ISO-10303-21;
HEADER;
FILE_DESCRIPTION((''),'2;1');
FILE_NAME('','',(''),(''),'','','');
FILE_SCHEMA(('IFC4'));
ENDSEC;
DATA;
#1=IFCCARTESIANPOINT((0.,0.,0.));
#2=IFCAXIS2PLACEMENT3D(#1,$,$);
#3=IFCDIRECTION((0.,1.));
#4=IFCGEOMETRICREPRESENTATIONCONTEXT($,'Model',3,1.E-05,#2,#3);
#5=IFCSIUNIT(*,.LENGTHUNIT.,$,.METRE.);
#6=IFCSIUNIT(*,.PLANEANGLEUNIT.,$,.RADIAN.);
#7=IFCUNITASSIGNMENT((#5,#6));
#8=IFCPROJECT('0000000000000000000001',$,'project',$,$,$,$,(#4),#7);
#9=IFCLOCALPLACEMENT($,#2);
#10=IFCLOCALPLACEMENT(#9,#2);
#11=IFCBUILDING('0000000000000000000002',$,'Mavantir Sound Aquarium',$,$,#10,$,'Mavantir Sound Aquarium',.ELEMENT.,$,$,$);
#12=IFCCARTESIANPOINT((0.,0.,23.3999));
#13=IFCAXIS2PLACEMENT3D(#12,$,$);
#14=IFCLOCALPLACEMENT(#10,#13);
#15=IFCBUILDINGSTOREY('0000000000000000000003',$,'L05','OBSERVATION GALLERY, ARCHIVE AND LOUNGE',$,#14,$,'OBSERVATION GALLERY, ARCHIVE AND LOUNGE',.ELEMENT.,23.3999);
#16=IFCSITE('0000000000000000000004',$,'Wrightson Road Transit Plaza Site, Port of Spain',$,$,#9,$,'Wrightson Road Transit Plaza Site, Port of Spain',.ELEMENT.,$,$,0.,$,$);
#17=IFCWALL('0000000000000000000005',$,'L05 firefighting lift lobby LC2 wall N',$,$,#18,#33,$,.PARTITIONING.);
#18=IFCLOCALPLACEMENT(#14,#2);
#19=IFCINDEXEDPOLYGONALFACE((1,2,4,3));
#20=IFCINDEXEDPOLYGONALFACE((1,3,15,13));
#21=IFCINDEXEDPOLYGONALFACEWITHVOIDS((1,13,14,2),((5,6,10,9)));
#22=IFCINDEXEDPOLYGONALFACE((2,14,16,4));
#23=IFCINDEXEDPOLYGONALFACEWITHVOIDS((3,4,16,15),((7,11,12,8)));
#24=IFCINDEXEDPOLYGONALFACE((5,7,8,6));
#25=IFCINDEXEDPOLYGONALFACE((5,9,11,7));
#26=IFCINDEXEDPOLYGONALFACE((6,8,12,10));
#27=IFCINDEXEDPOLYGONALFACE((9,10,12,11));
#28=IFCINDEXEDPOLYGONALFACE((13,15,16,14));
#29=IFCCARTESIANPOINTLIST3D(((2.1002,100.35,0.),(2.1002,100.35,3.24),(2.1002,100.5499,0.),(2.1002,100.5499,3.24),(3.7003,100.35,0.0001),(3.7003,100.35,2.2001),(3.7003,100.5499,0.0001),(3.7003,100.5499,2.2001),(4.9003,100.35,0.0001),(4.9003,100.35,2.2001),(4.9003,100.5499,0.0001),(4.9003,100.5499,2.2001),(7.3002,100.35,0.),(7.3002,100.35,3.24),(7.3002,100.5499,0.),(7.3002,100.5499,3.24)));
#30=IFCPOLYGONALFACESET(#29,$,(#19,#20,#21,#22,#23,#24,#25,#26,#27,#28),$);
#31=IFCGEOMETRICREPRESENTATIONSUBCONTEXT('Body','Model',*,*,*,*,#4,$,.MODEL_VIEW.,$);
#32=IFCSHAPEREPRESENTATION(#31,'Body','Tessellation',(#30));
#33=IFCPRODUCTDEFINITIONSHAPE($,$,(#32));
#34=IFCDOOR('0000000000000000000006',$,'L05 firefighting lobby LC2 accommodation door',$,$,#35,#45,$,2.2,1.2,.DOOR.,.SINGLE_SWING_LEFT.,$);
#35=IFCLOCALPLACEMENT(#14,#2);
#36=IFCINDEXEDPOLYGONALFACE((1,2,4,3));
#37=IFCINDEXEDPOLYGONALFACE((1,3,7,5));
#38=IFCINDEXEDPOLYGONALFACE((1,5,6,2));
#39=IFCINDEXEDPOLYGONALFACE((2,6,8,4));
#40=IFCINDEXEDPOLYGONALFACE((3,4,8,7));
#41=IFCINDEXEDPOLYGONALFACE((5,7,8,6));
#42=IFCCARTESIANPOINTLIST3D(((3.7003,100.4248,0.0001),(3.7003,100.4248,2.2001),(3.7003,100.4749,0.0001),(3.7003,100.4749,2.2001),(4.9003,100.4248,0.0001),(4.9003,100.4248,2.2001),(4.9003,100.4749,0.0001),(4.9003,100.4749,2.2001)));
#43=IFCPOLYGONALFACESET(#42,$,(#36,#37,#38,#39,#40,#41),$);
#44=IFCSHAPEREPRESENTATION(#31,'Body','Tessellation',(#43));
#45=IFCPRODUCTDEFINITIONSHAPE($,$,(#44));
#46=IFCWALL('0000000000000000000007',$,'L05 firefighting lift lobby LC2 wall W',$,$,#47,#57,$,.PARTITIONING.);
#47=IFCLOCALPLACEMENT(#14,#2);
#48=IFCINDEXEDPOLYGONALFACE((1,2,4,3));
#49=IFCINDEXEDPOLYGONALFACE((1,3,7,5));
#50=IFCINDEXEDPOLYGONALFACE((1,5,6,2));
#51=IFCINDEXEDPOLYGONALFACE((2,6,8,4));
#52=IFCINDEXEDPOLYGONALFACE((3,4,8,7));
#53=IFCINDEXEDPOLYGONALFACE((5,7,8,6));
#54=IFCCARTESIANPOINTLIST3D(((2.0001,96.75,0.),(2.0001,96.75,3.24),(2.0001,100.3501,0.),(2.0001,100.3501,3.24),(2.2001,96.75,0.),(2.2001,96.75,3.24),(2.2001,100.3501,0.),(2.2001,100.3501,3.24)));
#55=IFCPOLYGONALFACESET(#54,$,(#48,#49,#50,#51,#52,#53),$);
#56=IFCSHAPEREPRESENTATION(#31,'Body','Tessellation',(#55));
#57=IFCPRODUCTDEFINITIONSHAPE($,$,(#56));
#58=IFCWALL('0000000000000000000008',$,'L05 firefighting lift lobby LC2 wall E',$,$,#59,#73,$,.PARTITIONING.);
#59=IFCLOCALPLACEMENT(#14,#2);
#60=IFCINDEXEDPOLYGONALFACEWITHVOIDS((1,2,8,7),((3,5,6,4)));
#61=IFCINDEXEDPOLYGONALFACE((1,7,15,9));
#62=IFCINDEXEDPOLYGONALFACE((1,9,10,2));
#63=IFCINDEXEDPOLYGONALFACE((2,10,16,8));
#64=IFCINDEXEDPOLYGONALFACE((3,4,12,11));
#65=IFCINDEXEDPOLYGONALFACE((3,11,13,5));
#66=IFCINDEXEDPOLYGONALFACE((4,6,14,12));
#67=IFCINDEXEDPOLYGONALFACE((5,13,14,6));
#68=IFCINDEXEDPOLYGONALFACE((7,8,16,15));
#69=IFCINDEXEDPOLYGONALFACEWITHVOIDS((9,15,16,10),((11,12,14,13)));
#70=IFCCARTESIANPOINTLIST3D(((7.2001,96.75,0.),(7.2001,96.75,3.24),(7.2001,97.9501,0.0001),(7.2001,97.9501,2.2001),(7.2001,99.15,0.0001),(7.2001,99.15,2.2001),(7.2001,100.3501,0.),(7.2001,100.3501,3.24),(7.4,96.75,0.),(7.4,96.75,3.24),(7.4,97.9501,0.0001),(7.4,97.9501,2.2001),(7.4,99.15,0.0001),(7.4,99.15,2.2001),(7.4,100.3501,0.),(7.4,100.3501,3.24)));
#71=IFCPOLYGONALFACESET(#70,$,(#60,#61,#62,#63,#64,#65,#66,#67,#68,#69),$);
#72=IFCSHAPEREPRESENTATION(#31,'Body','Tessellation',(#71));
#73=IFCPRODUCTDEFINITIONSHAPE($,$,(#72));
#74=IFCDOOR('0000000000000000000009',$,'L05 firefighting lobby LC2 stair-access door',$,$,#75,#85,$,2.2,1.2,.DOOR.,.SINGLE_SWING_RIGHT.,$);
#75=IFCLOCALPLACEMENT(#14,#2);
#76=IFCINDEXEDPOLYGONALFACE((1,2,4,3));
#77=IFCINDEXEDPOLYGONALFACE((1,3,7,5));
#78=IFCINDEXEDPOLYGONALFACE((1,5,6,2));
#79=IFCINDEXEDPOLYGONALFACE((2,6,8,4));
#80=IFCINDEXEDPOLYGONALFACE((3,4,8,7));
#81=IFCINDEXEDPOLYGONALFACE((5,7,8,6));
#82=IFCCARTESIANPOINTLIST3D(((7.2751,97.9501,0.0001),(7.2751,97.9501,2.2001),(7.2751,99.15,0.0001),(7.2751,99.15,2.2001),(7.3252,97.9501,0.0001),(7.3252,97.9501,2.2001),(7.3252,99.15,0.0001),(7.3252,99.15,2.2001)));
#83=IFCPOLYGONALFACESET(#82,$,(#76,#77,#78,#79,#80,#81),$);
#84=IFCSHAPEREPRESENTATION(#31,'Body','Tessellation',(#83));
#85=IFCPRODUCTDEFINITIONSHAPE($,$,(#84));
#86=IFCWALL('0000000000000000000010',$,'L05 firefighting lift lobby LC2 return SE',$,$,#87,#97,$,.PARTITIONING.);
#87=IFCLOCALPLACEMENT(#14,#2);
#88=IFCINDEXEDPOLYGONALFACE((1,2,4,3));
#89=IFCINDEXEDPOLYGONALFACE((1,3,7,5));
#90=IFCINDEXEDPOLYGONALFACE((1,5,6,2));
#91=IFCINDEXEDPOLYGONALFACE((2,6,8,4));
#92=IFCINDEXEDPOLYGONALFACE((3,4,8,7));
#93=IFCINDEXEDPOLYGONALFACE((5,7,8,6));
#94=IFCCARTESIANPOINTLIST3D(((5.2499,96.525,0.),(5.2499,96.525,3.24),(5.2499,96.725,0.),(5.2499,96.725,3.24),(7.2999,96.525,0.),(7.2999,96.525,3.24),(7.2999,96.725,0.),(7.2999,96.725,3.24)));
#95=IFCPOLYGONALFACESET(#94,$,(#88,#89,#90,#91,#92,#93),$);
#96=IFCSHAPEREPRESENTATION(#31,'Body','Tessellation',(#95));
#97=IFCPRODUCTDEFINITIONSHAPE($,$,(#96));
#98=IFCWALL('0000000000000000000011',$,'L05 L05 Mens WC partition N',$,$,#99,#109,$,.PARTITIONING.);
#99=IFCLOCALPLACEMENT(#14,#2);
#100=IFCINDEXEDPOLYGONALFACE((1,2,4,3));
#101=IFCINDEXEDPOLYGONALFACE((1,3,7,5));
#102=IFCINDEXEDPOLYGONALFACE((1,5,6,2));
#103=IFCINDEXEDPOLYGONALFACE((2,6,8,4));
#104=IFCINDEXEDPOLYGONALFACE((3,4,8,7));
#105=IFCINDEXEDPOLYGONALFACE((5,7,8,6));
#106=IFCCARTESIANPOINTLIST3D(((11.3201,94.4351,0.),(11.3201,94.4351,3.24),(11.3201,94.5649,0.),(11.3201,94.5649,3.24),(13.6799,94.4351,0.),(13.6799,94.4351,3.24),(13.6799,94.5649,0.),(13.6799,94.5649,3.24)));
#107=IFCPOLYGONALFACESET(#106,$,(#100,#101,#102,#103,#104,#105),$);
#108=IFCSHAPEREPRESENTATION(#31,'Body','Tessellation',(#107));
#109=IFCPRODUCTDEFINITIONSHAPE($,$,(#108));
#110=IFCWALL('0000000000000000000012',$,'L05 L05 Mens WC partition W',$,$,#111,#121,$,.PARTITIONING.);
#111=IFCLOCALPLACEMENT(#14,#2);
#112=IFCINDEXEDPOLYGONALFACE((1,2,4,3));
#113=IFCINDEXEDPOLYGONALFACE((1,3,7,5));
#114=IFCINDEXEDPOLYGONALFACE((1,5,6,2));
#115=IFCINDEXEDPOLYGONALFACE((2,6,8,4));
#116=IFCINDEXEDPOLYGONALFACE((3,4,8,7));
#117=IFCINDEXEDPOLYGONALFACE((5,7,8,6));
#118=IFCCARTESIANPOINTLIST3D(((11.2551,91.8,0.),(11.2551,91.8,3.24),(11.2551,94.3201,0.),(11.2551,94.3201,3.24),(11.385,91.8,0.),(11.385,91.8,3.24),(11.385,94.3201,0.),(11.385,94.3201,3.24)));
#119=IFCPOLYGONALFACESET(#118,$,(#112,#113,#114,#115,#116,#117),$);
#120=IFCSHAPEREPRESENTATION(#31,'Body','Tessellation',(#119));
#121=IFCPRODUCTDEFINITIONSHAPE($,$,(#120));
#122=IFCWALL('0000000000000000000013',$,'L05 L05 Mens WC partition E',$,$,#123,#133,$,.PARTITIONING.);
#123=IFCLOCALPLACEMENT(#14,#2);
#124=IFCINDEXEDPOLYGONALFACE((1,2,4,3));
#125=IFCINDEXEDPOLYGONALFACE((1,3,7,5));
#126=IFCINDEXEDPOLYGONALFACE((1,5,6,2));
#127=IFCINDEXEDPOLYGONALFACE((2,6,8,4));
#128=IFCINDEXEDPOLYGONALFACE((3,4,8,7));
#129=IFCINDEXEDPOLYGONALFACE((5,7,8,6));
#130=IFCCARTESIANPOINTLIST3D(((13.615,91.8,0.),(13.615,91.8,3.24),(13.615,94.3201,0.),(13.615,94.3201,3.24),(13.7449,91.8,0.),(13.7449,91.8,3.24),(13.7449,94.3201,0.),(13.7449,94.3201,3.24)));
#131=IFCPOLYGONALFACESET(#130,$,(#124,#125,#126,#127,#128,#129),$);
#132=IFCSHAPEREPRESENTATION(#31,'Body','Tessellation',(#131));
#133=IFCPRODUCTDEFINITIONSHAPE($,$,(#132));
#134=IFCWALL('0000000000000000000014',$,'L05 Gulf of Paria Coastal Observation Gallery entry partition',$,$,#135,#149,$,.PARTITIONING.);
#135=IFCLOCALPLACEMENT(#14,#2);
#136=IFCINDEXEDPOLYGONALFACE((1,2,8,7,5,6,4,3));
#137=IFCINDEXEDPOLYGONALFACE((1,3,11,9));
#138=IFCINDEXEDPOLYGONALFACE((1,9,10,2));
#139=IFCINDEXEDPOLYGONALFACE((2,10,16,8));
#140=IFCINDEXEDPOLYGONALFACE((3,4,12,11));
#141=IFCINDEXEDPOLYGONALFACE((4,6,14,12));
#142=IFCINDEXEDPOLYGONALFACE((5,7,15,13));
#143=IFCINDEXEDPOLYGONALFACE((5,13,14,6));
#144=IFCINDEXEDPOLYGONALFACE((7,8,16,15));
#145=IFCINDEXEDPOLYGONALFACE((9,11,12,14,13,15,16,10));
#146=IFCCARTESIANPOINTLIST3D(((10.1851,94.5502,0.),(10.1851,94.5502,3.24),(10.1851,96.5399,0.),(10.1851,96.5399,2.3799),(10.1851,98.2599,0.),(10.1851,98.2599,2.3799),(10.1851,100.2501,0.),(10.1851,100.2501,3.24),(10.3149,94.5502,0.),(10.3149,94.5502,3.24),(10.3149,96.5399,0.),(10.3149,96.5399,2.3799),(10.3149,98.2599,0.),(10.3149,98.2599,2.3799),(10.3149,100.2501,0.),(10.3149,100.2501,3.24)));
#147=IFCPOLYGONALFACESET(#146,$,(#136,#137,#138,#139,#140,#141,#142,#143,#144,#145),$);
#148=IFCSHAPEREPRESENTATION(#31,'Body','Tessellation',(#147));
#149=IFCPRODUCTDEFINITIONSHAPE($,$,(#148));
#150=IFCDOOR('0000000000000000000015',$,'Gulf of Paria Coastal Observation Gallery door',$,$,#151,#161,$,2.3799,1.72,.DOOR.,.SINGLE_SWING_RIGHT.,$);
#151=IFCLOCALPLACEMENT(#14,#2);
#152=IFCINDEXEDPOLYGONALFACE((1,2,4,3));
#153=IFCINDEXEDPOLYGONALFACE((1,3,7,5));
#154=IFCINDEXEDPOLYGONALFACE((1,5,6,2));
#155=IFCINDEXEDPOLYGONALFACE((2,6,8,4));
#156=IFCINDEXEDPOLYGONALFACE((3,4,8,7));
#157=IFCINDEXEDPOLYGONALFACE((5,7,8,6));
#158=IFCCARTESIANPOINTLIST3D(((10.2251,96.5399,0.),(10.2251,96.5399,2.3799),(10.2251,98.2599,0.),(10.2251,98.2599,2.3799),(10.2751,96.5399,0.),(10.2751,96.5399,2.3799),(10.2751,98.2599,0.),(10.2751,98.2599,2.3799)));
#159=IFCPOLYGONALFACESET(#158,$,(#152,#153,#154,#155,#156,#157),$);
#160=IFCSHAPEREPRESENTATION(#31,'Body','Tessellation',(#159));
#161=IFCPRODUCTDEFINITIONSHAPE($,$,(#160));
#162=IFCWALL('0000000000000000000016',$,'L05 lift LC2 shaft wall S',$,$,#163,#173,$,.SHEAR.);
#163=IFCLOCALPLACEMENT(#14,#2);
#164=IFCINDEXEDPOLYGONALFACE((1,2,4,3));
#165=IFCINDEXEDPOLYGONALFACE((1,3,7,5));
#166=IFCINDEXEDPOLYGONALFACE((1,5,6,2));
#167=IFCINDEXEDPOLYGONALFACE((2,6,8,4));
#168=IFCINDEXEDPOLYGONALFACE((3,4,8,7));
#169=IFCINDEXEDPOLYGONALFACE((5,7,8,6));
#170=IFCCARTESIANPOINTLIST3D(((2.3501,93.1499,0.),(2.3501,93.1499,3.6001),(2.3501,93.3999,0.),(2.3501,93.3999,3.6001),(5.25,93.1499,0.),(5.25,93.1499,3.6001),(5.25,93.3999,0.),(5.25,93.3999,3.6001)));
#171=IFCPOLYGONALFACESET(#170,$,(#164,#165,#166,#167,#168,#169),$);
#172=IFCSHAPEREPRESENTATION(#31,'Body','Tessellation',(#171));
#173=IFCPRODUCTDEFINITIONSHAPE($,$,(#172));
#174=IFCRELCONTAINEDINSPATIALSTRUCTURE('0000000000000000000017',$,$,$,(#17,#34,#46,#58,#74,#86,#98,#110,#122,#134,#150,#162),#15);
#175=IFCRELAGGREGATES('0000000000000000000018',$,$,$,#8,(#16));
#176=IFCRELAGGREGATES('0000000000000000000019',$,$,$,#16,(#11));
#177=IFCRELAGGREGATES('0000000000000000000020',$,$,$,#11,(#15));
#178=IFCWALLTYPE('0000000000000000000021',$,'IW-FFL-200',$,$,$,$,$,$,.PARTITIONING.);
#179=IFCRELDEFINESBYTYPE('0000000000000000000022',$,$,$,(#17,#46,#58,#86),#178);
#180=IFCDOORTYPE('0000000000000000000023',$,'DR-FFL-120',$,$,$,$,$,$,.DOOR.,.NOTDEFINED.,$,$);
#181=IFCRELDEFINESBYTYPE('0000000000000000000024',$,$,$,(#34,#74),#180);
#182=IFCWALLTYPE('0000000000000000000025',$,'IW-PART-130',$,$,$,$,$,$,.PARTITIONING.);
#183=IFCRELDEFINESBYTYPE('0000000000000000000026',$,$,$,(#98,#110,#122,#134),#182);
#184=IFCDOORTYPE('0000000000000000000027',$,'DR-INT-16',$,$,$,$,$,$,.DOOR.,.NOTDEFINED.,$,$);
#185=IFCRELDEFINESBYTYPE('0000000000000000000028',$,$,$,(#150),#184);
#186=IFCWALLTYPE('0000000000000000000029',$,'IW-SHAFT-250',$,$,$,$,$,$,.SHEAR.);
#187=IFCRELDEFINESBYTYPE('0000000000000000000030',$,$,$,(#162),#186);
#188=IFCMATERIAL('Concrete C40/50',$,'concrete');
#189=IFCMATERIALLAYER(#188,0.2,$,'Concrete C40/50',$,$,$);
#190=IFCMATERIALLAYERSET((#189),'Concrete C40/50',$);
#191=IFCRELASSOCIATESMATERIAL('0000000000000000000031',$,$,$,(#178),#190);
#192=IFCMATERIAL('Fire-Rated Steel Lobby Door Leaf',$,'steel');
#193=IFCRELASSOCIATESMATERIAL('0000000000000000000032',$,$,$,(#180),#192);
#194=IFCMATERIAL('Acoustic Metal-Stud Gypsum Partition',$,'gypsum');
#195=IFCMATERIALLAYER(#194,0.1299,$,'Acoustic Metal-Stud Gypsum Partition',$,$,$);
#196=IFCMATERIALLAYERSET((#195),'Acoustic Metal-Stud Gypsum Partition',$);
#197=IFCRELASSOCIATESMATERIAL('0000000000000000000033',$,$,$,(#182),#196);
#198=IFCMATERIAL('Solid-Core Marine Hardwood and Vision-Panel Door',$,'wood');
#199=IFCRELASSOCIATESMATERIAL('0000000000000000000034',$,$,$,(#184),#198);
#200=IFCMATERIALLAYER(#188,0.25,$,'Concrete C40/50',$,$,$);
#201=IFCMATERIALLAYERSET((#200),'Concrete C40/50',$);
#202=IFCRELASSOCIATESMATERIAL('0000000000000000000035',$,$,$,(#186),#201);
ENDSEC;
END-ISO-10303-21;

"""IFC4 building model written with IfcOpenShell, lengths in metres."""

from ifc_helpers import new_model, si_unit, direction, frame, frame_2d, origin, place, context, subcontext, project, spatial, rectangle, extrude, material, layer, layer_set, type_object, element, fill, save


model = new_model("IFC4")

# Units and contexts
model_context = context("Model", 3, precision=1e-05, world=origin(), true_north=direction((0.0, 1.0)))
body_context = subcontext(model_context, "Body", "Model", "MODEL_VIEW")
ifc_project = project(units=[si_unit("LENGTHUNIT", "METRE"), si_unit("PLANEANGLEUNIT", "RADIAN")], contexts=[model_context])

# Site, building, storey
site_placement = place(None, origin())
site = spatial("IfcSite", under=ifc_project, at=site_placement, Name="Wrightson Road Transit Plaza Site, Port of Spain", LongName="Wrightson Road Transit Plaza Site, Port of Spain", CompositionType="ELEMENT", RefElevation=0.0)
building_placement = place(site_placement, origin())
building = spatial("IfcBuilding", under=site, at=building_placement, Name="Mavantir Sound Aquarium", LongName="Mavantir Sound Aquarium", CompositionType="ELEMENT")
storey_placement = place(building_placement, frame((0.0, 0.0, 23.3999)))
storey = spatial("IfcBuildingStorey", under=building, at=storey_placement, Name="L05", Description="OBSERVATION GALLERY, ARCHIVE AND LOUNGE", LongName="OBSERVATION GALLERY, ARCHIVE AND LOUNGE", CompositionType="ELEMENT", Elevation=23.3999)

# Shared definitions
ifc_material_1 = material(Name="Concrete C40/50", Category="concrete")

# Wall, opening, door
ifc_layer_1 = layer(ifc_material_1, 0.2, Name="Concrete C40/50")
ifc_layer_set_1 = layer_set([ifc_layer_1], Name="Concrete C40/50")
wall_type_1 = type_object("IfcWallType", Name="IW-FFL-200", PredefinedType="PARTITIONING", material=ifc_layer_set_1)
wall_1_placement = place(storey_placement, frame((2.1001, 100.45, 0.0), z_axis=(0.0, 0.0, 1.0), x_axis=(1.0, 0.0, 0.0)))
wall_1 = element("IfcWall", 1, at=wall_1_placement, inside=storey, type_object=wall_type_1, Name="L05 firefighting lift lobby LC2 wall N", PredefinedType="PARTITIONING", context=body_context, shape_type="SweptSolid", body=[
    extrude(rectangle(XDim=5.2, YDim=0.2, at=frame_2d((2.6001, 0.0))), origin(), (0.0, 0.0, 1.0), 3.24),
])
opening_1_placement = place(wall_1_placement, frame((1.6001, 0.0, 0.0)))
opening_1 = element("IfcOpeningElement", 2, at=opening_1_placement, cuts=wall_1, PredefinedType="OPENING", context=body_context, shape_type="SweptSolid", body=[
    extrude(rectangle(XDim=1.2, YDim=2.2, at=frame_2d((0.6001, 1.1001))), frame((0.0, 0.1099, 0.0), z_axis=(0.0, -1.0, 0.0), x_axis=(1.0, 0.0, 0.0)), (0.0, 0.0, 1.0), 0.22),
])
ifc_material_2 = material(Name="Fire-Rated Steel Lobby Door Leaf", Category="steel")
door_type_1 = type_object("IfcDoorType", Name="DR-FFL-120", OperationType="NOTDEFINED", PredefinedType="DOOR", material=ifc_material_2)
door_1_placement = place(opening_1_placement, origin())
door_1 = element("IfcDoor", 3, at=door_1_placement, inside=storey, type_object=door_type_1, Name="L05 firefighting lobby LC2 accommodation door", OperationType="SINGLE_SWING_LEFT", OverallHeight=2.2, OverallWidth=1.2, PredefinedType="DOOR", context=body_context, shape_type="SweptSolid", body=[
    extrude(rectangle(XDim=1.2, YDim=2.2, at=frame_2d((0.6001, 1.1001))), frame((0.0, 0.0249, 0.0), z_axis=(0.0, -1.0, 0.0), x_axis=(1.0, 0.0, 0.0)), (0.0, 0.0, 1.0), 0.05),
])
fill(opening_1, door_1)

# Wall
wall_2_placement = place(storey_placement, frame((2.1001, 96.75, 0.0), z_axis=(0.0, 0.0, 1.0), x_axis=(0.0, 1.0, 0.0)))
element("IfcWall", 4, at=wall_2_placement, inside=storey, type_object=wall_type_1, Name="L05 firefighting lift lobby LC2 wall W", PredefinedType="PARTITIONING", context=body_context, shape_type="SweptSolid", body=[
    extrude(rectangle(XDim=3.6001, YDim=0.2, at=frame_2d((1.8, 0.0))), origin(), (0.0, 0.0, 1.0), 3.24),
])

# Wall, opening, door
wall_3_placement = place(storey_placement, frame((7.3, 96.75, 0.0), z_axis=(0.0, 0.0, 1.0), x_axis=(0.0, 1.0, 0.0)))
wall_3 = element("IfcWall", 5, at=wall_3_placement, inside=storey, type_object=wall_type_1, Name="L05 firefighting lift lobby LC2 wall E", PredefinedType="PARTITIONING", context=body_context, shape_type="SweptSolid", body=[
    extrude(rectangle(XDim=3.6001, YDim=0.2, at=frame_2d((1.8, 0.0))), origin(), (0.0, 0.0, 1.0), 3.24),
])
opening_2_placement = place(wall_3_placement, frame((1.2, 0.0, 0.0)))
opening_2 = element("IfcOpeningElement", 6, at=opening_2_placement, cuts=wall_3, PredefinedType="OPENING", context=body_context, shape_type="SweptSolid", body=[
    extrude(rectangle(XDim=1.2, YDim=2.2, at=frame_2d((0.6001, 1.1001))), frame((0.0, 0.1099, 0.0), z_axis=(0.0, -1.0, 0.0), x_axis=(1.0, 0.0, 0.0)), (0.0, 0.0, 1.0), 0.22),
])
door_2_placement = place(opening_2_placement, origin())
door_2 = element("IfcDoor", 7, at=door_2_placement, inside=storey, type_object=door_type_1, Name="L05 firefighting lobby LC2 stair-access door", OperationType="SINGLE_SWING_RIGHT", OverallHeight=2.2, OverallWidth=1.2, PredefinedType="DOOR", context=body_context, shape_type="SweptSolid", body=[
    extrude(rectangle(XDim=1.2, YDim=2.2, at=frame_2d((0.6001, 1.1001))), frame((0.0, 0.0249, 0.0), z_axis=(0.0, -1.0, 0.0), x_axis=(1.0, 0.0, 0.0)), (0.0, 0.0, 1.0), 0.05),
])
fill(opening_2, door_2)

# Walls
wall_4_placement = place(storey_placement, frame((5.25, 96.625, 0.0), z_axis=(0.0, 0.0, 1.0), x_axis=(1.0, 0.0, 0.0)))
element("IfcWall", 8, at=wall_4_placement, inside=storey, type_object=wall_type_1, Name="L05 firefighting lift lobby LC2 return SE", PredefinedType="PARTITIONING", context=body_context, shape_type="SweptSolid", body=[
    extrude(rectangle(XDim=2.05, YDim=0.2, at=frame_2d((1.0249, 0.0))), origin(), (0.0, 0.0, 1.0), 3.24),
])
ifc_material_3 = material(Name="Acoustic Metal-Stud Gypsum Partition", Category="gypsum")
ifc_layer_2 = layer(ifc_material_3, 0.1299, Name="Acoustic Metal-Stud Gypsum Partition")
ifc_layer_set_2 = layer_set([ifc_layer_2], Name="Acoustic Metal-Stud Gypsum Partition")
wall_type_2 = type_object("IfcWallType", Name="IW-PART-130", PredefinedType="PARTITIONING", material=ifc_layer_set_2)
wall_5_placement = place(storey_placement, frame((11.3201, 94.5, 0.0), z_axis=(0.0, 0.0, 1.0), x_axis=(1.0, 0.0, 0.0)))
element("IfcWall", 9, at=wall_5_placement, inside=storey, type_object=wall_type_2, Name="L05 L05 Mens WC partition N", PredefinedType="PARTITIONING", context=body_context, shape_type="SweptSolid", body=[
    extrude(rectangle(XDim=2.3599, YDim=0.1299, at=frame_2d((1.1799, 0.0))), origin(), (0.0, 0.0, 1.0), 3.24),
])

# Shared definitions
ifc_material_4 = material(Name="Solid-Core Marine Hardwood and Vision-Panel Door", Category="wood")

# Walls
for number, where, z_axis, x_axis, name in (
    (10, (11.3201, 91.8, 0.0), (0.0, 0.0, 1.0), (0.0, 1.0, 0.0), "L05 L05 Mens WC partition W"),
    (11, (13.6799, 91.8, 0.0), (0.0, 0.0, 1.0), (0.0, 1.0, 0.0), "L05 L05 Mens WC partition E"),
):
    element("IfcWall", number, at=place(storey_placement, frame(where, z_axis=z_axis, x_axis=x_axis)), inside=storey, type_object=wall_type_2, Name=name, PredefinedType="PARTITIONING", context=body_context, shape_type="SweptSolid", body=[
        extrude(rectangle(XDim=2.52, YDim=0.1299, at=frame_2d((1.26, 0.0))), origin(), (0.0, 0.0, 1.0), 3.24),
    ])

# Wall, opening, door
wall_6_placement = place(storey_placement, frame((10.25, 94.55, 0.0), z_axis=(0.0, 0.0, 1.0), x_axis=(0.0, 1.0, 0.0)))
wall_6 = element("IfcWall", 12, at=wall_6_placement, inside=storey, type_object=wall_type_2, Name="L05 Gulf of Paria Coastal Observation Gallery entry partition", PredefinedType="PARTITIONING", context=body_context, shape_type="SweptSolid", body=[
    extrude(rectangle(XDim=5.7, YDim=0.1299, at=frame_2d((2.8501, 0.0))), origin(), (0.0, 0.0, 1.0), 3.24),
])
opening_3_placement = place(wall_6_placement, frame((1.99, 0.0, 0.0)))
opening_3 = element("IfcOpeningElement", 13, at=opening_3_placement, cuts=wall_6, PredefinedType="OPENING", context=body_context, shape_type="SweptSolid", body=[
    extrude(rectangle(XDim=1.72, YDim=2.3799, at=frame_2d((0.8599, 1.1899))), frame((0.0, 0.075, 0.0), z_axis=(0.0, -1.0, 0.0), x_axis=(1.0, 0.0, 0.0)), (0.0, 0.0, 1.0), 0.1499),
])
door_type_2 = type_object("IfcDoorType", Name="DR-INT-16", OperationType="NOTDEFINED", PredefinedType="DOOR", material=ifc_material_4)
door_3_placement = place(opening_3_placement, origin())
door_3 = element("IfcDoor", 14, at=door_3_placement, inside=storey, type_object=door_type_2, Name="Gulf of Paria Coastal Observation Gallery door", OperationType="SINGLE_SWING_RIGHT", OverallHeight=2.3799, OverallWidth=1.72, PredefinedType="DOOR", context=body_context, shape_type="SweptSolid", body=[
    extrude(rectangle(XDim=1.72, YDim=2.3799, at=frame_2d((0.8599, 1.1899))), frame((0.0, 0.0249, 0.0), z_axis=(0.0, -1.0, 0.0), x_axis=(1.0, 0.0, 0.0)), (0.0, 0.0, 1.0), 0.05),
])
fill(opening_3, door_3)

# Wall
ifc_layer_3 = layer(ifc_material_1, 0.25, Name="Concrete C40/50")
ifc_layer_set_3 = layer_set([ifc_layer_3], Name="Concrete C40/50")
wall_type_3 = type_object("IfcWallType", Name="IW-SHAFT-250", PredefinedType="SHEAR", material=ifc_layer_set_3)
wall_7_placement = place(storey_placement, frame((2.3501, 93.2749, 0.0), z_axis=(0.0, 0.0, 1.0), x_axis=(1.0, 0.0, 0.0)))
element("IfcWall", 15, at=wall_7_placement, inside=storey, type_object=wall_type_3, Name="L05 lift LC2 shaft wall S", PredefinedType="SHEAR", context=body_context, shape_type="SweptSolid", body=[
    extrude(rectangle(XDim=2.8999, YDim=0.25, at=frame_2d((1.45, 0.0))), origin(), (0.0, 0.0, 1.0), 3.6001),
])

save(model, "model.ifc")
